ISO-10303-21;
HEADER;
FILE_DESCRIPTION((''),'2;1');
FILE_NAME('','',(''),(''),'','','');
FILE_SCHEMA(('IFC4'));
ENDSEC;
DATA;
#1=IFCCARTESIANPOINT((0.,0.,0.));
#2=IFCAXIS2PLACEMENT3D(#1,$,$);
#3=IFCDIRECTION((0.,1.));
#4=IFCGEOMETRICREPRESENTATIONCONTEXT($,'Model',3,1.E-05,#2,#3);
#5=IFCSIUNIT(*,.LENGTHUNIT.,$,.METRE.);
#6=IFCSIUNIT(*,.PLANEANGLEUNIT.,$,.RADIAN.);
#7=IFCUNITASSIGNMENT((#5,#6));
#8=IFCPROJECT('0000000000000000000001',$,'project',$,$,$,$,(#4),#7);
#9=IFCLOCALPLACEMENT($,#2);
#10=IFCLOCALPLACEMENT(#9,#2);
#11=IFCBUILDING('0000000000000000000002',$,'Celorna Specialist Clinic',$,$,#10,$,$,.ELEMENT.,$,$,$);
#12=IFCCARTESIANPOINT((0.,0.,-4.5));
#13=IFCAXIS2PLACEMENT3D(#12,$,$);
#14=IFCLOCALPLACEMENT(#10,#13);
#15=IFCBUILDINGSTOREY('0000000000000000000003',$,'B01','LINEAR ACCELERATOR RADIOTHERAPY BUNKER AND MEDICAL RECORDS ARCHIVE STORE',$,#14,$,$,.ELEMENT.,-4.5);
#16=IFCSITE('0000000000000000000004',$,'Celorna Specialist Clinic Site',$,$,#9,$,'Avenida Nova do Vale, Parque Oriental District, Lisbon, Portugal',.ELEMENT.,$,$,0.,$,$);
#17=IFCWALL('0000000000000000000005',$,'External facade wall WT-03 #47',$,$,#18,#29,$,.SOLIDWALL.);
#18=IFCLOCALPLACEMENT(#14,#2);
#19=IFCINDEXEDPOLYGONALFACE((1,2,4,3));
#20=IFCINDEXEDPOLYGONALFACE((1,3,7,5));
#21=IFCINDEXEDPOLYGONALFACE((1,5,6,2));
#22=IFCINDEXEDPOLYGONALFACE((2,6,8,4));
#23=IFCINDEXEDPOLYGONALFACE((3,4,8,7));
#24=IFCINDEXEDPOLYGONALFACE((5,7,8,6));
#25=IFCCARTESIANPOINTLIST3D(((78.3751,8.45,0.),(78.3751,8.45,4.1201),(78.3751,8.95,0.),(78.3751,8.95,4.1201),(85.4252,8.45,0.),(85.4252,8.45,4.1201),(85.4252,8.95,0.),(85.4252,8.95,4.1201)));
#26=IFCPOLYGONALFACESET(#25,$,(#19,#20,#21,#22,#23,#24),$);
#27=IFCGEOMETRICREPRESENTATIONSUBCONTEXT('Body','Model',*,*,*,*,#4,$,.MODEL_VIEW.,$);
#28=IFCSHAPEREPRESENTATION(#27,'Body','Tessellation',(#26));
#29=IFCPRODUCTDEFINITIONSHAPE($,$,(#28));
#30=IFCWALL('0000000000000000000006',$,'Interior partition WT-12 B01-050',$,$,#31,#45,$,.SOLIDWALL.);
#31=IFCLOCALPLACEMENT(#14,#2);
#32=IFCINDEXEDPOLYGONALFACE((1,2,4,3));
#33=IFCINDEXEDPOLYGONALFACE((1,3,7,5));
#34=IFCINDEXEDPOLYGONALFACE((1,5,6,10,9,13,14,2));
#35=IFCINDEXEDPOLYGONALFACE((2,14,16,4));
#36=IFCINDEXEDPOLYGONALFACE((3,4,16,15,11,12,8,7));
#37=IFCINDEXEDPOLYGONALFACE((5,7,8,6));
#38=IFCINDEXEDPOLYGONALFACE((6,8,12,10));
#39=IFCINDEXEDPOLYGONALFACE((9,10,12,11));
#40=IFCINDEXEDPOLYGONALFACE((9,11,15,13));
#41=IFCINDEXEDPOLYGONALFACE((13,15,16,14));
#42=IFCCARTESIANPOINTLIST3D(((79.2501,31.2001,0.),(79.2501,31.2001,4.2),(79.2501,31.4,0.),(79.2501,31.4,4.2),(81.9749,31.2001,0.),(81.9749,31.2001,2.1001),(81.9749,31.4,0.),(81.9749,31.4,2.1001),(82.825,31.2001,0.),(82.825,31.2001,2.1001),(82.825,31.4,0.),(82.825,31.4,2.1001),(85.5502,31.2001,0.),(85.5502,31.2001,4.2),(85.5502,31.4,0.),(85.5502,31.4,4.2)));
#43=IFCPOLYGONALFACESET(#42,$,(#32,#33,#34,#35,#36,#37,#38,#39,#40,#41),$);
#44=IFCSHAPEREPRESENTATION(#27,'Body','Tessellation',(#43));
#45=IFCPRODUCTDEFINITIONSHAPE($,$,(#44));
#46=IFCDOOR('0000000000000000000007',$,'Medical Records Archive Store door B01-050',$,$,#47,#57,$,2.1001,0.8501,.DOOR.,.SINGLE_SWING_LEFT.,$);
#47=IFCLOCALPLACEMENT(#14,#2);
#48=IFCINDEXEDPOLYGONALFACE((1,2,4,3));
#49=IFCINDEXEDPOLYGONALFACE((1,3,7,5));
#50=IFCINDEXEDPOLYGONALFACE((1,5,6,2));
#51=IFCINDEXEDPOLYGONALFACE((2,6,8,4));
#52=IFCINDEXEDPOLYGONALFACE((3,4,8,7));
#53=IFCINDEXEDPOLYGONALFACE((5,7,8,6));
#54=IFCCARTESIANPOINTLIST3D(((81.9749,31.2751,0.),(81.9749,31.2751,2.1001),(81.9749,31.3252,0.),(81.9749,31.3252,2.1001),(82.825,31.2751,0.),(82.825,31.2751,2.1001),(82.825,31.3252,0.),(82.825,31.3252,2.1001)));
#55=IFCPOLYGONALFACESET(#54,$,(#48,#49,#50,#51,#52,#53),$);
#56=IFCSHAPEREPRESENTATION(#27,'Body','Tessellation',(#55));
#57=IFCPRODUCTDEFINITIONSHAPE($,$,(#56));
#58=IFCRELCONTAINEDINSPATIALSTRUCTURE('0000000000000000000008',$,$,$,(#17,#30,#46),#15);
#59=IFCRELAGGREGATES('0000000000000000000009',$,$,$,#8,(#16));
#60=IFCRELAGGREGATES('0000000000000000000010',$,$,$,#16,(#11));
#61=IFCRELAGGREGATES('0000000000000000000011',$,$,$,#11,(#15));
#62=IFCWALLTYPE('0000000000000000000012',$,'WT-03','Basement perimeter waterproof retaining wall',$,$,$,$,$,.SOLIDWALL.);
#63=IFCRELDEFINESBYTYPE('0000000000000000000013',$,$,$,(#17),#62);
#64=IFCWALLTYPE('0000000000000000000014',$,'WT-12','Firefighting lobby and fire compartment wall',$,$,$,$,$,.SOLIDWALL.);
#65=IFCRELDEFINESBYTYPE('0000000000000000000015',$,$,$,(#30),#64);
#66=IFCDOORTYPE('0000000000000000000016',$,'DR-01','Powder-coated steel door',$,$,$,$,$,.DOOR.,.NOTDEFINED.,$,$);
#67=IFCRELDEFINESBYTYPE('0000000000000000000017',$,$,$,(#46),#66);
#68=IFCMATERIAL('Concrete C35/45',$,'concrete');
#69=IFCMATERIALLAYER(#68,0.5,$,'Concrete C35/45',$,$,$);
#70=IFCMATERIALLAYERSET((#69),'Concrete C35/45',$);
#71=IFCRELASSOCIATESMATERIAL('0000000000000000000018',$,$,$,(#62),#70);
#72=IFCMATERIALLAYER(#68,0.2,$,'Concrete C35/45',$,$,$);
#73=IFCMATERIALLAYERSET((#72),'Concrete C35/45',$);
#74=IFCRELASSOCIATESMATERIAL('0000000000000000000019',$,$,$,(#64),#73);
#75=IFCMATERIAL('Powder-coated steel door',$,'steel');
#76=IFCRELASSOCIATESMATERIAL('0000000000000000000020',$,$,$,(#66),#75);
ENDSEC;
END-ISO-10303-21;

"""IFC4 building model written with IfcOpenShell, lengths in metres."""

from ifc_helpers import new_model, si_unit, direction, frame, frame_2d, origin, place, context, subcontext, project, spatial, rectangle, extrude, material, layer, layer_set, type_object, element, fill, save


model = new_model("IFC4")

# Units and contexts
model_context = context("Model", 3, precision=1e-05, world=origin(), true_north=direction((0.0, 1.0)))
body_context = subcontext(model_context, "Body", "Model", "MODEL_VIEW")
ifc_project = project(units=[si_unit("LENGTHUNIT", "METRE"), si_unit("PLANEANGLEUNIT", "RADIAN")], contexts=[model_context])

# Site, building, storey
site_placement = place(None, origin())
site = spatial("IfcSite", under=ifc_project, at=site_placement, Name="Celorna Specialist Clinic Site", LongName="Avenida Nova do Vale, Parque Oriental District, Lisbon, Portugal", CompositionType="ELEMENT", RefElevation=0.0)
building_placement = place(site_placement, origin())
building = spatial("IfcBuilding", under=site, at=building_placement, Name="Celorna Specialist Clinic", CompositionType="ELEMENT")
storey_placement = place(building_placement, frame((0.0, 0.0, -4.5)))
storey = spatial("IfcBuildingStorey", under=building, at=storey_placement, Name="B01", Description="LINEAR ACCELERATOR RADIOTHERAPY BUNKER AND MEDICAL RECORDS ARCHIVE STORE", CompositionType="ELEMENT", Elevation=-4.5)

# Shared definitions
ifc_material_1 = material(Name="Concrete C35/45", Category="concrete")

# Wall
ifc_layer_1 = layer(ifc_material_1, 0.5, Name="Concrete C35/45")
ifc_layer_set_1 = layer_set([ifc_layer_1], Name="Concrete C35/45")
wall_type_1 = type_object("IfcWallType", Name="WT-03", Description="Basement perimeter waterproof retaining wall", PredefinedType="SOLIDWALL", material=ifc_layer_set_1)
wall_1_placement = place(storey_placement, frame((85.425, 8.7, 0.0), z_axis=(0.0, 0.0, 1.0), x_axis=(-1.0, 0.0, 0.0)))
element("IfcWall", 1, at=wall_1_placement, inside=storey, type_object=wall_type_1, Name="External facade wall WT-03 #47", PredefinedType="SOLIDWALL", context=body_context, shape_type="SweptSolid", body=[
    extrude(rectangle(XDim=7.05, YDim=0.5, at=frame_2d((3.5249, 0.0))), origin(), (0.0, 0.0, 1.0), 4.1201),
])

# Wall, opening, door
ifc_layer_2 = layer(ifc_material_1, 0.2, Name="Concrete C35/45")
ifc_layer_set_2 = layer_set([ifc_layer_2], Name="Concrete C35/45")
wall_type_2 = type_object("IfcWallType", Name="WT-12", Description="Firefighting lobby and fire compartment wall", PredefinedType="SOLIDWALL", material=ifc_layer_set_2)
wall_2_placement = place(storey_placement, frame((85.55, 31.3, 0.0), z_axis=(0.0, 0.0, 1.0), x_axis=(-1.0, 0.0, 0.0)))
wall_2 = element("IfcWall", 2, at=wall_2_placement, inside=storey, type_object=wall_type_2, Name="Interior partition WT-12 B01-050", PredefinedType="SOLIDWALL", context=body_context, shape_type="SweptSolid", body=[
    extrude(rectangle(XDim=6.3, YDim=0.2, at=frame_2d((3.1499, 0.0))), origin(), (0.0, 0.0, 1.0), 4.2),
])
opening_placement = place(wall_2_placement, frame((2.7251, 0.0, 0.0)))
opening = element("IfcOpeningElement", 3, at=opening_placement, cuts=wall_2, PredefinedType="OPENING", context=body_context, shape_type="SweptSolid", body=[
    extrude(rectangle(XDim=0.8501, YDim=2.1001, at=frame_2d((0.425, 1.05))), frame((0.0, 0.1099, 0.0), z_axis=(0.0, -1.0, 0.0), x_axis=(1.0, 0.0, 0.0)), (0.0, 0.0, 1.0), 0.22),
])
ifc_material_2 = material(Name="Powder-coated steel door", Category="steel")
door_type = type_object("IfcDoorType", Name="DR-01", Description="Powder-coated steel door", OperationType="NOTDEFINED", PredefinedType="DOOR", material=ifc_material_2)
door_placement = place(opening_placement, origin())
door = element("IfcDoor", 4, at=door_placement, inside=storey, type_object=door_type, Name="Medical Records Archive Store door B01-050", OperationType="SINGLE_SWING_LEFT", OverallHeight=2.1001, OverallWidth=0.8501, PredefinedType="DOOR", context=body_context, shape_type="SweptSolid", body=[
    extrude(rectangle(XDim=0.8501, YDim=2.1001, at=frame_2d((0.425, 1.05))), frame((0.0, 0.0249, 0.0), z_axis=(0.0, -1.0, 0.0), x_axis=(1.0, 0.0, 0.0)), (0.0, 0.0, 1.0), 0.05),
])
fill(opening, door)

save(model, "model.ifc")
